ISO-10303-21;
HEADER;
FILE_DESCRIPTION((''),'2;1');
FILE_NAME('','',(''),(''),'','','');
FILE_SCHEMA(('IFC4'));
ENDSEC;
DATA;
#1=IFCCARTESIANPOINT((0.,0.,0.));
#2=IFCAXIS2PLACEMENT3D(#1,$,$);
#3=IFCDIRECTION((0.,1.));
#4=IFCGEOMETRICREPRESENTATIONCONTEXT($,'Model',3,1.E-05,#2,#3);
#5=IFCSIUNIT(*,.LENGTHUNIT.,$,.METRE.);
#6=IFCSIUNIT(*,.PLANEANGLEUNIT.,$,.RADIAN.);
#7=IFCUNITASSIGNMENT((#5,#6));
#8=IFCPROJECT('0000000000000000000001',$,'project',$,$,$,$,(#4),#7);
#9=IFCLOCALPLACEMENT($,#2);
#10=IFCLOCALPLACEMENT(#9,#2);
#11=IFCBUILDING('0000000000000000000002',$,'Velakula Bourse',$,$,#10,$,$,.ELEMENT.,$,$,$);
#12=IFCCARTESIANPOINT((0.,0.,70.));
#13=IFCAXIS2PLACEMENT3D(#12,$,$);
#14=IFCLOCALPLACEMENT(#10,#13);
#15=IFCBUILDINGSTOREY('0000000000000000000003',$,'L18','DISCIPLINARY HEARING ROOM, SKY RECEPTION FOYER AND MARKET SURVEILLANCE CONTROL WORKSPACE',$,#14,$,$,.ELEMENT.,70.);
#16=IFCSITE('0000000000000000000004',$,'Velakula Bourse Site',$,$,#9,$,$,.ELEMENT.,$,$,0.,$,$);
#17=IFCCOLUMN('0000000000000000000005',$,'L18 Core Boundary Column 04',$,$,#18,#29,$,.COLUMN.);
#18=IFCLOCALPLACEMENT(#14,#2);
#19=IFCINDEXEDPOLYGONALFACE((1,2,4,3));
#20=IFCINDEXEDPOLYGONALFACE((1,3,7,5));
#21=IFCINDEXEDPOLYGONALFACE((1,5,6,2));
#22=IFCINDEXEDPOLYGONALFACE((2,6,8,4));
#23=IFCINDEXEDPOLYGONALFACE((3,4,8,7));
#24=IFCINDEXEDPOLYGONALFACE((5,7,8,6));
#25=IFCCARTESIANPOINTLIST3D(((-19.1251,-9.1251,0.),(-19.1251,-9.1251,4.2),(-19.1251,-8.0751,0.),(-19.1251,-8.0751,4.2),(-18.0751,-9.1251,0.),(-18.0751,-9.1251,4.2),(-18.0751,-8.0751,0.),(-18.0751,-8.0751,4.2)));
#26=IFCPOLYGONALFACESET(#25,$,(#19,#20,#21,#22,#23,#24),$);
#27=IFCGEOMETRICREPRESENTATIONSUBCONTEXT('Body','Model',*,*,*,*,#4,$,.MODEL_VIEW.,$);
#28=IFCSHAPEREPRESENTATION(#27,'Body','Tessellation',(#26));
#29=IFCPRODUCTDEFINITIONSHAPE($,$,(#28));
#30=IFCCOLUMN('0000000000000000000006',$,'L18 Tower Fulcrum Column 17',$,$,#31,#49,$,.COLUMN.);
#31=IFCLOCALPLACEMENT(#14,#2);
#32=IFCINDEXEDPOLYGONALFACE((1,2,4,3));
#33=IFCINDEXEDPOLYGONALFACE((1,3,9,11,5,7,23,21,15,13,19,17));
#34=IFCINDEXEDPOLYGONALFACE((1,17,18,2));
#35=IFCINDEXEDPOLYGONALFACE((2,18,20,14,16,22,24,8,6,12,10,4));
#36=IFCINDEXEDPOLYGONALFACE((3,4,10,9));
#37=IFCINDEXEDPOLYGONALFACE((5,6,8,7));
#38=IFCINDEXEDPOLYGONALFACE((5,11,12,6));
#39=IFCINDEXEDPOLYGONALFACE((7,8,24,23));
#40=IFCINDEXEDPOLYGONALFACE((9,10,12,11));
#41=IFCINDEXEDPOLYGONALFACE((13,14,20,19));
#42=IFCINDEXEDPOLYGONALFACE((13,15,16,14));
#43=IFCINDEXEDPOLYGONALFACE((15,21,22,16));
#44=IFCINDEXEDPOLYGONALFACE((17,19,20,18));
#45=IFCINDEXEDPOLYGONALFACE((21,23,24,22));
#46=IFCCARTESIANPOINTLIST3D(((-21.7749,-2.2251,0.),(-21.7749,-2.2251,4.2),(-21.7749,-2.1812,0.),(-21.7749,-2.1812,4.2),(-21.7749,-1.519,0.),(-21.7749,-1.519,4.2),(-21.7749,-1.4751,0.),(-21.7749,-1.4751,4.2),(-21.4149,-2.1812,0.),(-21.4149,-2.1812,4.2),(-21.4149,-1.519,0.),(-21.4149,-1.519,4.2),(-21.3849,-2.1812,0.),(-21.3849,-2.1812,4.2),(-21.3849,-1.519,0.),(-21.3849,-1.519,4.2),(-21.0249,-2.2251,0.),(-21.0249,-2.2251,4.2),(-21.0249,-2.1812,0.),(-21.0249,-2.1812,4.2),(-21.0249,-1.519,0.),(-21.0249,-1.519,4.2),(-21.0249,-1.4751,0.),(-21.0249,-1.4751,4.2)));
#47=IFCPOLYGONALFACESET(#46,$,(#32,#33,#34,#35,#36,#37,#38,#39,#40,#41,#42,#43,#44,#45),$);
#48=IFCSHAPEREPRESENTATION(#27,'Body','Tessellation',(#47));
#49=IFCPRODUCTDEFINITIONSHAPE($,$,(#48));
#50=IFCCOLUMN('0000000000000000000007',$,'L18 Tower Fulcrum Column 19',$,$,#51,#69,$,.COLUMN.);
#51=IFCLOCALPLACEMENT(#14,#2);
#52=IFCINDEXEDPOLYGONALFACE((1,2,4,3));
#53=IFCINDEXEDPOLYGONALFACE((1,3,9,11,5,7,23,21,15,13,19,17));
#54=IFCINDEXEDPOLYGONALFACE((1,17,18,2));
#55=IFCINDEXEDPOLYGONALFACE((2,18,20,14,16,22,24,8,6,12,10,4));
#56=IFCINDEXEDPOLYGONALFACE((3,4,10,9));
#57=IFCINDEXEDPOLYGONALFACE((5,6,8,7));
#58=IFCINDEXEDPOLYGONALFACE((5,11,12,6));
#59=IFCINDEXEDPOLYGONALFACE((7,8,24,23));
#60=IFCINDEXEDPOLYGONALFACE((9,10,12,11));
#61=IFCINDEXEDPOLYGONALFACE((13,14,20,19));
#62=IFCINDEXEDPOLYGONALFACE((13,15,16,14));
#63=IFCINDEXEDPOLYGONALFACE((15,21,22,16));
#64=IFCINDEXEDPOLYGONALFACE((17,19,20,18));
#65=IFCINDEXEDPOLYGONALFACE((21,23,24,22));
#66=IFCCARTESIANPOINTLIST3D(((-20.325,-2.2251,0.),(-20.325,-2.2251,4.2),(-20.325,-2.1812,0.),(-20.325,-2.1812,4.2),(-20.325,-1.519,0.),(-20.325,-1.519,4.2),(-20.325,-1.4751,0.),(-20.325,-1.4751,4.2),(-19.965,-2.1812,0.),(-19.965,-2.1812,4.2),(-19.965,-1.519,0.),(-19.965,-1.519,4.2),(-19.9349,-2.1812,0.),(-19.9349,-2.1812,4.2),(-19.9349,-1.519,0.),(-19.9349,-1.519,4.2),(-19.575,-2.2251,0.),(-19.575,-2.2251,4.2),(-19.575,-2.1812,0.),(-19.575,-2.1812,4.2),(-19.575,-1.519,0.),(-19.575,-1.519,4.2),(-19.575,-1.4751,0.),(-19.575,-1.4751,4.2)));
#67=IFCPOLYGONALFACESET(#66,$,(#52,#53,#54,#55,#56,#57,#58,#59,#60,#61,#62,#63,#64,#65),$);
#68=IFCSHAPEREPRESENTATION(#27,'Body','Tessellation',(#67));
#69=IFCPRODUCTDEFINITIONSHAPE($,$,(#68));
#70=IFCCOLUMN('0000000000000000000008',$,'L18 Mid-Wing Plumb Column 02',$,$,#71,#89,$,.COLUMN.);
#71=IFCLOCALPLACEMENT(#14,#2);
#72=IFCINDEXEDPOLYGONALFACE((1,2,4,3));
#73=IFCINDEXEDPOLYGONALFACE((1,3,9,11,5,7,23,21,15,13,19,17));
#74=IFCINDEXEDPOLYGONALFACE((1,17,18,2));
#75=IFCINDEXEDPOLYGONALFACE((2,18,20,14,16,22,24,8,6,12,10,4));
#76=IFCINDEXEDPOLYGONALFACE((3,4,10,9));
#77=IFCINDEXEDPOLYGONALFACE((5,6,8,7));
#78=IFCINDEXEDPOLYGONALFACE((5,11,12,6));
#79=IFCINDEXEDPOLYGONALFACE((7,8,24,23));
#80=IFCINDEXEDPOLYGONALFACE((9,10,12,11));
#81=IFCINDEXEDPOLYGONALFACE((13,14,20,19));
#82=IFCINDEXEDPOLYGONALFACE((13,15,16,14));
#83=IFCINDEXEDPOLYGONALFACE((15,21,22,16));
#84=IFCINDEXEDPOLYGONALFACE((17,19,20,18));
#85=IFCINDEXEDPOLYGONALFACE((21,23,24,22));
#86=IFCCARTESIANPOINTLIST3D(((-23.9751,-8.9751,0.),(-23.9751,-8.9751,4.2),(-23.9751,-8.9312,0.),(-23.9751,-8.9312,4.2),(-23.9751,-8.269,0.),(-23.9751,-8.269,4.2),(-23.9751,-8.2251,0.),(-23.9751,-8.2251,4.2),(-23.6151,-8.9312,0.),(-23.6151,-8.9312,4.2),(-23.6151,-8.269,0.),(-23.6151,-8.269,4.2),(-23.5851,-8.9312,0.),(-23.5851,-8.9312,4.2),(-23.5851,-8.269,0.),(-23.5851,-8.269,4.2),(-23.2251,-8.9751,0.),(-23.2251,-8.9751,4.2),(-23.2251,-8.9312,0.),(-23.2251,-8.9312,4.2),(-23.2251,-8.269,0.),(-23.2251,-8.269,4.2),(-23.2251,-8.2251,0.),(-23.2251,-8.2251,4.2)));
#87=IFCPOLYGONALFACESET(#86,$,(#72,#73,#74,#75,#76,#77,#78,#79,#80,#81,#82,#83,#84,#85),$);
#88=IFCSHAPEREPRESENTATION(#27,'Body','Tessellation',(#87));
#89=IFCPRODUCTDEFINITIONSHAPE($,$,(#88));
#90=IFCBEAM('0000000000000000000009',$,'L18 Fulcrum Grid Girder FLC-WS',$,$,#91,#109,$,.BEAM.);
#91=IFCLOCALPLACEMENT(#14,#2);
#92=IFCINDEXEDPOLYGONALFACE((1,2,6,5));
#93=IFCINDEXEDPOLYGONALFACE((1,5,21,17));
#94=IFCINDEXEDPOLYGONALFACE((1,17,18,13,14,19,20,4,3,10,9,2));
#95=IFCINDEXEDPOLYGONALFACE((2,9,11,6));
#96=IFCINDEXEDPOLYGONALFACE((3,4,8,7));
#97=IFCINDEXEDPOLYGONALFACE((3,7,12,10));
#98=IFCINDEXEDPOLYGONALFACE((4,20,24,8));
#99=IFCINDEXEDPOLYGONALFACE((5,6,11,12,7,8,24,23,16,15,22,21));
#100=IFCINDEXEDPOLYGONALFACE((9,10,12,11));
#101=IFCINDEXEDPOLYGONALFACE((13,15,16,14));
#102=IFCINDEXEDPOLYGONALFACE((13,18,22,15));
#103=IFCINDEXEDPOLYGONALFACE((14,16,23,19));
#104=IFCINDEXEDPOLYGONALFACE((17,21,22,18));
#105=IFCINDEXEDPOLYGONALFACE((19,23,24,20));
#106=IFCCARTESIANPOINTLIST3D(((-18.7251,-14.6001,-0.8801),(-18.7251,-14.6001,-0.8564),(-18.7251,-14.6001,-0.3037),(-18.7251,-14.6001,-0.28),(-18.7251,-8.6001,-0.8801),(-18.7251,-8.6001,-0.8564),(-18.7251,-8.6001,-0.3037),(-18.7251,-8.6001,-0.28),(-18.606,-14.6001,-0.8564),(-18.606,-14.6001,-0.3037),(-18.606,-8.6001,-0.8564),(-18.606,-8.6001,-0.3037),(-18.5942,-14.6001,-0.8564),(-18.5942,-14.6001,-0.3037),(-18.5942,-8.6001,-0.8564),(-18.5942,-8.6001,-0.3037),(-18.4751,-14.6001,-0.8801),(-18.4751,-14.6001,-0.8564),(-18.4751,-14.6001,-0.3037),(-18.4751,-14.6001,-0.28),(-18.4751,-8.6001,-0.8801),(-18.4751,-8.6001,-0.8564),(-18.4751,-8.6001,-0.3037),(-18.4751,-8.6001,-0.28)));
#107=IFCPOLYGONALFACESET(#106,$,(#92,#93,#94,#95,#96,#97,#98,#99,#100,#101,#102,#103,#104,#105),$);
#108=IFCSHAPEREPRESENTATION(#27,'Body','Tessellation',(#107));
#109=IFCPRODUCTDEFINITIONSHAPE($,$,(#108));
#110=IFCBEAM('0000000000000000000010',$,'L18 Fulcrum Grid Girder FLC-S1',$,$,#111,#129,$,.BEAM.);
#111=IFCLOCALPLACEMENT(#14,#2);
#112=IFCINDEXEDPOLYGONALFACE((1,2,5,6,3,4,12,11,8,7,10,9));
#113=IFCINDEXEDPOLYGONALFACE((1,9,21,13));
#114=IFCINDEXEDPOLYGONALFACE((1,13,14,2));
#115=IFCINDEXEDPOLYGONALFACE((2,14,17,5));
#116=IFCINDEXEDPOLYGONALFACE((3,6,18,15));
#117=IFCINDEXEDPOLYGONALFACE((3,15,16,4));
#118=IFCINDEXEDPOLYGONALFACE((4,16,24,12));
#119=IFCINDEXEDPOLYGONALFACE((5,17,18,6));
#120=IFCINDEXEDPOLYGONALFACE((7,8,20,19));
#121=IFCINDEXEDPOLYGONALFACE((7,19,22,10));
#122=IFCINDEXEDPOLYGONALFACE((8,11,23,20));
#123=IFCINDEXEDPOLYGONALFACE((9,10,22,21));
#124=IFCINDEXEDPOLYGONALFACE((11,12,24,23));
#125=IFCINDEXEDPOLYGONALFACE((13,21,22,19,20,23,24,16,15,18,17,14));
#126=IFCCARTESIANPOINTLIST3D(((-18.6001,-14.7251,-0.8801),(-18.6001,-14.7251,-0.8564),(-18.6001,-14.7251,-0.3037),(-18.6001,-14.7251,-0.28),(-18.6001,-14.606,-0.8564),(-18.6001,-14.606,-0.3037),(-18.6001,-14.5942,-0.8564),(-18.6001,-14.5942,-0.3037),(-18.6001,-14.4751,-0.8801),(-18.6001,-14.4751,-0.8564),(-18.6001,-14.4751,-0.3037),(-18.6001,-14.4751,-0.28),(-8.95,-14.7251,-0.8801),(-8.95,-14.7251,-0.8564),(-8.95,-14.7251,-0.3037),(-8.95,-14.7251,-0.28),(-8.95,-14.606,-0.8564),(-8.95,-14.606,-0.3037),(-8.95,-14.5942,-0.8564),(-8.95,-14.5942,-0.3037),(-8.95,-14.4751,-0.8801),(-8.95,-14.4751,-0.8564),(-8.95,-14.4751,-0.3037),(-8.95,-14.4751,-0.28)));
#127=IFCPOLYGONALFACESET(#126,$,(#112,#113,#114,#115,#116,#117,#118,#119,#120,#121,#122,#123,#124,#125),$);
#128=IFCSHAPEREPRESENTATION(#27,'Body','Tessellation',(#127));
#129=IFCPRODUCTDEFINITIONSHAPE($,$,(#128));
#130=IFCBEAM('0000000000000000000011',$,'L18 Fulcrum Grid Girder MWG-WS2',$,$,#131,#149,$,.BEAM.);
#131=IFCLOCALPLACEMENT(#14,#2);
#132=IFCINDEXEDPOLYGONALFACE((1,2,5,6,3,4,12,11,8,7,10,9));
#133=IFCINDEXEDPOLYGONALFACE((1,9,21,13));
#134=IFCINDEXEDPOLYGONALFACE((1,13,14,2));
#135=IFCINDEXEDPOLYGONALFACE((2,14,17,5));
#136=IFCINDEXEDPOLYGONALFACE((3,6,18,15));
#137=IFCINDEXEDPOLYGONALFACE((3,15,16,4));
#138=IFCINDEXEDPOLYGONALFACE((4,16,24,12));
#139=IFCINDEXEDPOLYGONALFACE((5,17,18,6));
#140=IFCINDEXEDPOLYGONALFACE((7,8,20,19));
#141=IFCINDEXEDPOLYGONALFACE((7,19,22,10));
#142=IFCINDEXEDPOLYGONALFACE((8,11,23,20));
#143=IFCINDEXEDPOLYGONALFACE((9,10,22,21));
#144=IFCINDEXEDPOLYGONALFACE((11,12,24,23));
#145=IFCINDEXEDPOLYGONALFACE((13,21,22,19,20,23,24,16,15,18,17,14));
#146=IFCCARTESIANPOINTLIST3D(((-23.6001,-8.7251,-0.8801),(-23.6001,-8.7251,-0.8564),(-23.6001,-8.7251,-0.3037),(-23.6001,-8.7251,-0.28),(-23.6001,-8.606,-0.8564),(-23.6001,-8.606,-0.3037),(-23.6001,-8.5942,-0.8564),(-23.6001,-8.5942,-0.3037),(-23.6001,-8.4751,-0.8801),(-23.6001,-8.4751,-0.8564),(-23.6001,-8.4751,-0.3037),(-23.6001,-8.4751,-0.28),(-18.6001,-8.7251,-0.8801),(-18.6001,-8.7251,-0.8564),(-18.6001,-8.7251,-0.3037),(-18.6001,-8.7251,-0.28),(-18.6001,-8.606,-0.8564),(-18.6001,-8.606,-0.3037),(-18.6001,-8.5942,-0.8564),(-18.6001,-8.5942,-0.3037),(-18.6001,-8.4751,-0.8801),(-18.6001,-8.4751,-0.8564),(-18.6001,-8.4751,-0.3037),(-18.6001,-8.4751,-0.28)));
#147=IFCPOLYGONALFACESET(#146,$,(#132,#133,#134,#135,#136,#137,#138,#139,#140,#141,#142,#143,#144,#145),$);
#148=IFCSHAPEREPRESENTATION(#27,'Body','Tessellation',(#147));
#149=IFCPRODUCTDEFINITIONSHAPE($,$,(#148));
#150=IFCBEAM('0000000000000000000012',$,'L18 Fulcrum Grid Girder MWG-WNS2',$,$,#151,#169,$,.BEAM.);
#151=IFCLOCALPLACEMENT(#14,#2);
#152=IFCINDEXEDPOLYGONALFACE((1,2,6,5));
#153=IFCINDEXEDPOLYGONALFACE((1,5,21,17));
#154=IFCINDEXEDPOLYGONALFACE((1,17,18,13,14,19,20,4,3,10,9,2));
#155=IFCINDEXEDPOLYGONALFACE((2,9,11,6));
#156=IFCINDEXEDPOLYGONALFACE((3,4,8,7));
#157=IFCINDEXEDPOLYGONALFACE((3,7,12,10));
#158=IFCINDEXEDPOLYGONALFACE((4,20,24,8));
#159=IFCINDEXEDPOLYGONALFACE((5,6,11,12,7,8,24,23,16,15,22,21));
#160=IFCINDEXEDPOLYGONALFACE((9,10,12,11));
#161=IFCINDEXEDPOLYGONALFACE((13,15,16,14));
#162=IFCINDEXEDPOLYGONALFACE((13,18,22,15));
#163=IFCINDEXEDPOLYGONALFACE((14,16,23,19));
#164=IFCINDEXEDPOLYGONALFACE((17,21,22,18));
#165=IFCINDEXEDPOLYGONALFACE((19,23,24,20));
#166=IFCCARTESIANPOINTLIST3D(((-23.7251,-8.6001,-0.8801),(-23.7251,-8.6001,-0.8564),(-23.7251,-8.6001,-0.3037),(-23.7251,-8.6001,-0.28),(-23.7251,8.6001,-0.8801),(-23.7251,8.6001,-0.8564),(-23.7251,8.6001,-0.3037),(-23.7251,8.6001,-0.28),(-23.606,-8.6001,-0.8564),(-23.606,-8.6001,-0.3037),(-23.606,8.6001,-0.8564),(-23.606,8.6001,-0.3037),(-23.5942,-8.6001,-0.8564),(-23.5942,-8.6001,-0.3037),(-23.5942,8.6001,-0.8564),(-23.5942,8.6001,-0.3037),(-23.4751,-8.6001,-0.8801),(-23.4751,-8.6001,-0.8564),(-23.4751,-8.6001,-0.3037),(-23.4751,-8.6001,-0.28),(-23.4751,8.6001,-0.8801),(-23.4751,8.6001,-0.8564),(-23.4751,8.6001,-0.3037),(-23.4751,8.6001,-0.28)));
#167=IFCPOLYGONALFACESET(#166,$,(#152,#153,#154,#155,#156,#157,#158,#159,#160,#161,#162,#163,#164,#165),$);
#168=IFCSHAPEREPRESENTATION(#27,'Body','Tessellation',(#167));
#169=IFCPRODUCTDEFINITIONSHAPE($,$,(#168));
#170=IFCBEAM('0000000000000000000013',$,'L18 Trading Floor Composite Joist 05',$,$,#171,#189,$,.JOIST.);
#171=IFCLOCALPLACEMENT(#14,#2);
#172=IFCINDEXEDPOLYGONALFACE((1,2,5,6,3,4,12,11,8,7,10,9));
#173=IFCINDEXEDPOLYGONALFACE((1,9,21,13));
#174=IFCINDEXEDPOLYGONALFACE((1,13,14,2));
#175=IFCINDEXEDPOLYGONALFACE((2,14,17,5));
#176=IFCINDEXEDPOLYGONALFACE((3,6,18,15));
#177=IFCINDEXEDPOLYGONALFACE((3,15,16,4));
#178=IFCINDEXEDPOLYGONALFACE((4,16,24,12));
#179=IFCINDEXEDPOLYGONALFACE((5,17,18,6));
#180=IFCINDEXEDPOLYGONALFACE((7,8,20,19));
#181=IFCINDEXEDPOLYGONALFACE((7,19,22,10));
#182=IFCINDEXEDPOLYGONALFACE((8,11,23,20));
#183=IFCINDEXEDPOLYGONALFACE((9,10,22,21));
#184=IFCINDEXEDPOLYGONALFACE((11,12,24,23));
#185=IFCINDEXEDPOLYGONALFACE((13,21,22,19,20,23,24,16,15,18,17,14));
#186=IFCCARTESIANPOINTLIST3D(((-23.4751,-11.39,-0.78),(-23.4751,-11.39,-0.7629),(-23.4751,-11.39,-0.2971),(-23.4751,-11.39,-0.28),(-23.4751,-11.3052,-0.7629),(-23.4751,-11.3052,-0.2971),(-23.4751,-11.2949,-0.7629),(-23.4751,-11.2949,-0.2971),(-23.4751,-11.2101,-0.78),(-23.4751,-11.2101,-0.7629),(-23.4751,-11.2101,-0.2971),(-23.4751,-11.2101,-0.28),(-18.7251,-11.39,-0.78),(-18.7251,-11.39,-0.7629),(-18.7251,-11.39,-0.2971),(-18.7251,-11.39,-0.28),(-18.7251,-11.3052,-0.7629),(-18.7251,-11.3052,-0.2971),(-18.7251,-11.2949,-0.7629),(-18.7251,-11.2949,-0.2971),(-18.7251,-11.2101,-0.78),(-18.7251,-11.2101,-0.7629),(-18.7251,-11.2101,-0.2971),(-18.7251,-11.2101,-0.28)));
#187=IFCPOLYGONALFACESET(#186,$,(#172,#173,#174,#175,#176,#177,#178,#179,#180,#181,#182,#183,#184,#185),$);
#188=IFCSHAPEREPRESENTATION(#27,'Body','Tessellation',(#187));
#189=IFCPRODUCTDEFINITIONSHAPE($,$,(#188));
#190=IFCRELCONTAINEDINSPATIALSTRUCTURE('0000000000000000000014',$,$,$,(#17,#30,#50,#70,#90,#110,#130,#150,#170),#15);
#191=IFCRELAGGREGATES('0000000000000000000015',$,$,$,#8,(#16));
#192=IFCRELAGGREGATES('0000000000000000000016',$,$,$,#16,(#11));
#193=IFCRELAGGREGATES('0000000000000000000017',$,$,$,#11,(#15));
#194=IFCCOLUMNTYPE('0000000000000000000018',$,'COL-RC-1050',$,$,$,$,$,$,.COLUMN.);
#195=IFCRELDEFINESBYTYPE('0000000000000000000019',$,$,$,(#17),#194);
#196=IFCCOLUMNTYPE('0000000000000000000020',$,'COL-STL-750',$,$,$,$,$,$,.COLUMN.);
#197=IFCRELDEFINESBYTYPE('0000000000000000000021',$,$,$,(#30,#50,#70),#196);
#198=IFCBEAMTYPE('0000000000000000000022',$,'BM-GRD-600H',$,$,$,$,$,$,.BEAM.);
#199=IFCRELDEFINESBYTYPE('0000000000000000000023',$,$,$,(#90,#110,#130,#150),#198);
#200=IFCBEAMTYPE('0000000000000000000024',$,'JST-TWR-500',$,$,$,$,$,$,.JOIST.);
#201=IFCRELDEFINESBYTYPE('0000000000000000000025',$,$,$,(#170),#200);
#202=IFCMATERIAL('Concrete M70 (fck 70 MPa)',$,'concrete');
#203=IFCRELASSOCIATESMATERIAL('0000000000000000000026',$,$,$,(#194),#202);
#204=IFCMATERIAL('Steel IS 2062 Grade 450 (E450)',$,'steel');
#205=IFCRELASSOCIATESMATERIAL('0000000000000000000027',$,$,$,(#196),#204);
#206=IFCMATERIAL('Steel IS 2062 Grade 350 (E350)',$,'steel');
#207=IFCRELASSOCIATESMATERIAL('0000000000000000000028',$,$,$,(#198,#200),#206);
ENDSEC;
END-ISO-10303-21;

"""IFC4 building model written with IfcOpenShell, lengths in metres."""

from ifc_helpers import new_model, si_unit, direction, frame, origin, origin_2d, place, context, subcontext, project, spatial, rectangle, i_section, extrude, material, material_profile, profile_set, type_object, element, save


model = new_model("IFC4")

# Units and contexts
model_context = context("Model", 3, precision=1e-05, world=origin(), true_north=direction((0.0, 1.0)))
body_context = subcontext(model_context, "Body", "Model", "MODEL_VIEW")
ifc_project = project(units=[si_unit("LENGTHUNIT", "METRE"), si_unit("PLANEANGLEUNIT", "RADIAN")], contexts=[model_context])

# Site, building, storey
site_placement = place(None, origin())
site = spatial("IfcSite", under=ifc_project, at=site_placement, Name="Velakula Bourse Site", CompositionType="ELEMENT", RefElevation=0.0)
building_placement = place(site_placement, origin())
building = spatial("IfcBuilding", under=site, at=building_placement, Name="Velakula Bourse", CompositionType="ELEMENT")
storey_placement = place(building_placement, frame((0.0, 0.0, 70.0)))
storey = spatial("IfcBuildingStorey", under=building, at=storey_placement, Name="L18", Description="DISCIPLINARY HEARING ROOM, SKY RECEPTION FOYER AND MARKET SURVEILLANCE CONTROL WORKSPACE", CompositionType="ELEMENT", Elevation=70.0)

# Columns
ifc_material_1 = material(Name="Concrete M70 (fck 70 MPa)", Category="concrete")
ifc_material_profile_1 = material_profile(ifc_material_1, rectangle(XDim=1.05, YDim=1.05, at=origin_2d()), Name="Concrete M70 (fck 70 MPa)")
ifc_profile_set_1 = profile_set([ifc_material_profile_1], Name="Concrete M70 (fck 70 MPa)")
column_type_1 = type_object("IfcColumnType", Name="COL-RC-1050", PredefinedType="COLUMN", material=ifc_profile_set_1)
column_placement = place(storey_placement, frame((-18.6001, -8.6001, 0.0), z_axis=(0.0, 0.0, 1.0), x_axis=(1.0, 0.0, 0.0)))
element("IfcColumn", 1, at=column_placement, inside=storey, type_object=column_type_1, Name="L18 Core Boundary Column 04", PredefinedType="COLUMN", context=body_context, shape_type="SweptSolid", body=[
    extrude(rectangle(XDim=1.05, YDim=1.05, at=origin_2d()), origin(), (0.0, 0.0, 1.0), 4.2),
])
ifc_material_2 = material(Name="Steel IS 2062 Grade 450 (E450)", Category="steel")
ifc_material_profile_2 = material_profile(ifc_material_2, i_section(OverallWidth=0.75, OverallDepth=0.75, WebThickness=0.03, FlangeThickness=0.0439, at=origin_2d()), Name="Steel IS 2062 Grade 450 (E450)")
ifc_profile_set_2 = profile_set([ifc_material_profile_2], Name="Steel IS 2062 Grade 450 (E450)")
column_type_2 = type_object("IfcColumnType", Name="COL-STL-750", PredefinedType="COLUMN", material=ifc_profile_set_2)
for number, where, z_axis, x_axis, name in (
    (2, (-21.3999, -1.8501, 0.0), (0.0, 0.0, 1.0), (1.0, 0.0, 0.0), "L18 Tower Fulcrum Column 17"),
    (3, (-19.95, -1.8501, 0.0), (0.0, 0.0, 1.0), (1.0, 0.0, 0.0), "L18 Tower Fulcrum Column 19"),
    (4, (-23.6001, -8.6001, 0.0), (0.0, 0.0, 1.0), (1.0, 0.0, 0.0), "L18 Mid-Wing Plumb Column 02"),
):
    element("IfcColumn", number, at=place(storey_placement, frame(where, z_axis=z_axis, x_axis=x_axis)), inside=storey, type_object=column_type_2, Name=name, PredefinedType="COLUMN", context=body_context, shape_type="SweptSolid", body=[
        extrude(i_section(OverallWidth=0.75, OverallDepth=0.75, WebThickness=0.03, FlangeThickness=0.0439, at=origin_2d()), origin(), (0.0, 0.0, 1.0), 4.2),
    ])

# Beams
ifc_material_3 = material(Name="Steel IS 2062 Grade 350 (E350)", Category="steel")
ifc_material_profile_3 = material_profile(ifc_material_3, i_section(OverallWidth=0.25, OverallDepth=0.6001, WebThickness=0.0117, FlangeThickness=0.0237, at=origin_2d()), Name="Steel IS 2062 Grade 350 (E350)")
ifc_profile_set_3 = profile_set([ifc_material_profile_3], Name="Steel IS 2062 Grade 350 (E350)")
beam_type_1 = type_object("IfcBeamType", Name="BM-GRD-600H", PredefinedType="BEAM", material=ifc_profile_set_3)
beam_1_placement = place(storey_placement, frame((-18.6001, -14.6001, -0.5801), z_axis=(0.0, 1.0, 0.0), x_axis=(-1.0, 0.0, 0.0)))
element("IfcBeam", 5, at=beam_1_placement, inside=storey, type_object=beam_type_1, Name="L18 Fulcrum Grid Girder FLC-WS", PredefinedType="BEAM", context=body_context, shape_type="SweptSolid", body=[
    extrude(i_section(OverallWidth=0.25, OverallDepth=0.6001, WebThickness=0.0117, FlangeThickness=0.0237, at=origin_2d()), origin(), (0.0, 0.0, 1.0), 6.0),
])
beam_2_placement = place(storey_placement, frame((-18.6001, -14.6001, -0.5801), z_axis=(1.0, 0.0, 0.0), x_axis=(0.0, 1.0, 0.0)))
element("IfcBeam", 6, at=beam_2_placement, inside=storey, type_object=beam_type_1, Name="L18 Fulcrum Grid Girder FLC-S1", PredefinedType="BEAM", context=body_context, shape_type="SweptSolid", body=[
    extrude(i_section(OverallWidth=0.25, OverallDepth=0.6001, WebThickness=0.0117, FlangeThickness=0.0237, at=origin_2d()), origin(), (0.0, 0.0, 1.0), 9.6501),
])
beam_3_placement = place(storey_placement, frame((-23.6001, -8.6001, -0.5801), z_axis=(1.0, 0.0, 0.0), x_axis=(0.0, 1.0, 0.0)))
element("IfcBeam", 7, at=beam_3_placement, inside=storey, type_object=beam_type_1, Name="L18 Fulcrum Grid Girder MWG-WS2", PredefinedType="BEAM", context=body_context, shape_type="SweptSolid", body=[
    extrude(i_section(OverallWidth=0.25, OverallDepth=0.6001, WebThickness=0.0117, FlangeThickness=0.0237, at=origin_2d()), origin(), (0.0, 0.0, 1.0), 5.0),
])
beam_4_placement = place(storey_placement, frame((-23.6001, -8.6001, -0.5801), z_axis=(0.0, 1.0, 0.0), x_axis=(-1.0, 0.0, 0.0)))
element("IfcBeam", 8, at=beam_4_placement, inside=storey, type_object=beam_type_1, Name="L18 Fulcrum Grid Girder MWG-WNS2", PredefinedType="BEAM", context=body_context, shape_type="SweptSolid", body=[
    extrude(i_section(OverallWidth=0.25, OverallDepth=0.6001, WebThickness=0.0117, FlangeThickness=0.0237, at=origin_2d()), origin(), (0.0, 0.0, 1.0), 17.2002),
])
ifc_material_profile_4 = material_profile(ifc_material_3, i_section(OverallWidth=0.1799, OverallDepth=0.5, WebThickness=0.0103, FlangeThickness=0.0171, at=origin_2d()), Name="Steel IS 2062 Grade 350 (E350)")
ifc_profile_set_4 = profile_set([ifc_material_profile_4], Name="Steel IS 2062 Grade 350 (E350)")
beam_type_2 = type_object("IfcBeamType", Name="JST-TWR-500", PredefinedType="JOIST", material=ifc_profile_set_4)
beam_5_placement = place(storey_placement, frame((-23.4751, -11.3, -0.53), z_axis=(1.0, 0.0, 0.0), x_axis=(0.0, 1.0, 0.0)))
element("IfcBeam", 9, at=beam_5_placement, inside=storey, type_object=beam_type_2, Name="L18 Trading Floor Composite Joist 05", PredefinedType="JOIST", context=body_context, shape_type="SweptSolid", body=[
    extrude(i_section(OverallWidth=0.1799, OverallDepth=0.5, WebThickness=0.0103, FlangeThickness=0.0171, at=origin_2d()), origin(), (0.0, 0.0, 1.0), 4.75),
])

save(model, "model.ifc")
